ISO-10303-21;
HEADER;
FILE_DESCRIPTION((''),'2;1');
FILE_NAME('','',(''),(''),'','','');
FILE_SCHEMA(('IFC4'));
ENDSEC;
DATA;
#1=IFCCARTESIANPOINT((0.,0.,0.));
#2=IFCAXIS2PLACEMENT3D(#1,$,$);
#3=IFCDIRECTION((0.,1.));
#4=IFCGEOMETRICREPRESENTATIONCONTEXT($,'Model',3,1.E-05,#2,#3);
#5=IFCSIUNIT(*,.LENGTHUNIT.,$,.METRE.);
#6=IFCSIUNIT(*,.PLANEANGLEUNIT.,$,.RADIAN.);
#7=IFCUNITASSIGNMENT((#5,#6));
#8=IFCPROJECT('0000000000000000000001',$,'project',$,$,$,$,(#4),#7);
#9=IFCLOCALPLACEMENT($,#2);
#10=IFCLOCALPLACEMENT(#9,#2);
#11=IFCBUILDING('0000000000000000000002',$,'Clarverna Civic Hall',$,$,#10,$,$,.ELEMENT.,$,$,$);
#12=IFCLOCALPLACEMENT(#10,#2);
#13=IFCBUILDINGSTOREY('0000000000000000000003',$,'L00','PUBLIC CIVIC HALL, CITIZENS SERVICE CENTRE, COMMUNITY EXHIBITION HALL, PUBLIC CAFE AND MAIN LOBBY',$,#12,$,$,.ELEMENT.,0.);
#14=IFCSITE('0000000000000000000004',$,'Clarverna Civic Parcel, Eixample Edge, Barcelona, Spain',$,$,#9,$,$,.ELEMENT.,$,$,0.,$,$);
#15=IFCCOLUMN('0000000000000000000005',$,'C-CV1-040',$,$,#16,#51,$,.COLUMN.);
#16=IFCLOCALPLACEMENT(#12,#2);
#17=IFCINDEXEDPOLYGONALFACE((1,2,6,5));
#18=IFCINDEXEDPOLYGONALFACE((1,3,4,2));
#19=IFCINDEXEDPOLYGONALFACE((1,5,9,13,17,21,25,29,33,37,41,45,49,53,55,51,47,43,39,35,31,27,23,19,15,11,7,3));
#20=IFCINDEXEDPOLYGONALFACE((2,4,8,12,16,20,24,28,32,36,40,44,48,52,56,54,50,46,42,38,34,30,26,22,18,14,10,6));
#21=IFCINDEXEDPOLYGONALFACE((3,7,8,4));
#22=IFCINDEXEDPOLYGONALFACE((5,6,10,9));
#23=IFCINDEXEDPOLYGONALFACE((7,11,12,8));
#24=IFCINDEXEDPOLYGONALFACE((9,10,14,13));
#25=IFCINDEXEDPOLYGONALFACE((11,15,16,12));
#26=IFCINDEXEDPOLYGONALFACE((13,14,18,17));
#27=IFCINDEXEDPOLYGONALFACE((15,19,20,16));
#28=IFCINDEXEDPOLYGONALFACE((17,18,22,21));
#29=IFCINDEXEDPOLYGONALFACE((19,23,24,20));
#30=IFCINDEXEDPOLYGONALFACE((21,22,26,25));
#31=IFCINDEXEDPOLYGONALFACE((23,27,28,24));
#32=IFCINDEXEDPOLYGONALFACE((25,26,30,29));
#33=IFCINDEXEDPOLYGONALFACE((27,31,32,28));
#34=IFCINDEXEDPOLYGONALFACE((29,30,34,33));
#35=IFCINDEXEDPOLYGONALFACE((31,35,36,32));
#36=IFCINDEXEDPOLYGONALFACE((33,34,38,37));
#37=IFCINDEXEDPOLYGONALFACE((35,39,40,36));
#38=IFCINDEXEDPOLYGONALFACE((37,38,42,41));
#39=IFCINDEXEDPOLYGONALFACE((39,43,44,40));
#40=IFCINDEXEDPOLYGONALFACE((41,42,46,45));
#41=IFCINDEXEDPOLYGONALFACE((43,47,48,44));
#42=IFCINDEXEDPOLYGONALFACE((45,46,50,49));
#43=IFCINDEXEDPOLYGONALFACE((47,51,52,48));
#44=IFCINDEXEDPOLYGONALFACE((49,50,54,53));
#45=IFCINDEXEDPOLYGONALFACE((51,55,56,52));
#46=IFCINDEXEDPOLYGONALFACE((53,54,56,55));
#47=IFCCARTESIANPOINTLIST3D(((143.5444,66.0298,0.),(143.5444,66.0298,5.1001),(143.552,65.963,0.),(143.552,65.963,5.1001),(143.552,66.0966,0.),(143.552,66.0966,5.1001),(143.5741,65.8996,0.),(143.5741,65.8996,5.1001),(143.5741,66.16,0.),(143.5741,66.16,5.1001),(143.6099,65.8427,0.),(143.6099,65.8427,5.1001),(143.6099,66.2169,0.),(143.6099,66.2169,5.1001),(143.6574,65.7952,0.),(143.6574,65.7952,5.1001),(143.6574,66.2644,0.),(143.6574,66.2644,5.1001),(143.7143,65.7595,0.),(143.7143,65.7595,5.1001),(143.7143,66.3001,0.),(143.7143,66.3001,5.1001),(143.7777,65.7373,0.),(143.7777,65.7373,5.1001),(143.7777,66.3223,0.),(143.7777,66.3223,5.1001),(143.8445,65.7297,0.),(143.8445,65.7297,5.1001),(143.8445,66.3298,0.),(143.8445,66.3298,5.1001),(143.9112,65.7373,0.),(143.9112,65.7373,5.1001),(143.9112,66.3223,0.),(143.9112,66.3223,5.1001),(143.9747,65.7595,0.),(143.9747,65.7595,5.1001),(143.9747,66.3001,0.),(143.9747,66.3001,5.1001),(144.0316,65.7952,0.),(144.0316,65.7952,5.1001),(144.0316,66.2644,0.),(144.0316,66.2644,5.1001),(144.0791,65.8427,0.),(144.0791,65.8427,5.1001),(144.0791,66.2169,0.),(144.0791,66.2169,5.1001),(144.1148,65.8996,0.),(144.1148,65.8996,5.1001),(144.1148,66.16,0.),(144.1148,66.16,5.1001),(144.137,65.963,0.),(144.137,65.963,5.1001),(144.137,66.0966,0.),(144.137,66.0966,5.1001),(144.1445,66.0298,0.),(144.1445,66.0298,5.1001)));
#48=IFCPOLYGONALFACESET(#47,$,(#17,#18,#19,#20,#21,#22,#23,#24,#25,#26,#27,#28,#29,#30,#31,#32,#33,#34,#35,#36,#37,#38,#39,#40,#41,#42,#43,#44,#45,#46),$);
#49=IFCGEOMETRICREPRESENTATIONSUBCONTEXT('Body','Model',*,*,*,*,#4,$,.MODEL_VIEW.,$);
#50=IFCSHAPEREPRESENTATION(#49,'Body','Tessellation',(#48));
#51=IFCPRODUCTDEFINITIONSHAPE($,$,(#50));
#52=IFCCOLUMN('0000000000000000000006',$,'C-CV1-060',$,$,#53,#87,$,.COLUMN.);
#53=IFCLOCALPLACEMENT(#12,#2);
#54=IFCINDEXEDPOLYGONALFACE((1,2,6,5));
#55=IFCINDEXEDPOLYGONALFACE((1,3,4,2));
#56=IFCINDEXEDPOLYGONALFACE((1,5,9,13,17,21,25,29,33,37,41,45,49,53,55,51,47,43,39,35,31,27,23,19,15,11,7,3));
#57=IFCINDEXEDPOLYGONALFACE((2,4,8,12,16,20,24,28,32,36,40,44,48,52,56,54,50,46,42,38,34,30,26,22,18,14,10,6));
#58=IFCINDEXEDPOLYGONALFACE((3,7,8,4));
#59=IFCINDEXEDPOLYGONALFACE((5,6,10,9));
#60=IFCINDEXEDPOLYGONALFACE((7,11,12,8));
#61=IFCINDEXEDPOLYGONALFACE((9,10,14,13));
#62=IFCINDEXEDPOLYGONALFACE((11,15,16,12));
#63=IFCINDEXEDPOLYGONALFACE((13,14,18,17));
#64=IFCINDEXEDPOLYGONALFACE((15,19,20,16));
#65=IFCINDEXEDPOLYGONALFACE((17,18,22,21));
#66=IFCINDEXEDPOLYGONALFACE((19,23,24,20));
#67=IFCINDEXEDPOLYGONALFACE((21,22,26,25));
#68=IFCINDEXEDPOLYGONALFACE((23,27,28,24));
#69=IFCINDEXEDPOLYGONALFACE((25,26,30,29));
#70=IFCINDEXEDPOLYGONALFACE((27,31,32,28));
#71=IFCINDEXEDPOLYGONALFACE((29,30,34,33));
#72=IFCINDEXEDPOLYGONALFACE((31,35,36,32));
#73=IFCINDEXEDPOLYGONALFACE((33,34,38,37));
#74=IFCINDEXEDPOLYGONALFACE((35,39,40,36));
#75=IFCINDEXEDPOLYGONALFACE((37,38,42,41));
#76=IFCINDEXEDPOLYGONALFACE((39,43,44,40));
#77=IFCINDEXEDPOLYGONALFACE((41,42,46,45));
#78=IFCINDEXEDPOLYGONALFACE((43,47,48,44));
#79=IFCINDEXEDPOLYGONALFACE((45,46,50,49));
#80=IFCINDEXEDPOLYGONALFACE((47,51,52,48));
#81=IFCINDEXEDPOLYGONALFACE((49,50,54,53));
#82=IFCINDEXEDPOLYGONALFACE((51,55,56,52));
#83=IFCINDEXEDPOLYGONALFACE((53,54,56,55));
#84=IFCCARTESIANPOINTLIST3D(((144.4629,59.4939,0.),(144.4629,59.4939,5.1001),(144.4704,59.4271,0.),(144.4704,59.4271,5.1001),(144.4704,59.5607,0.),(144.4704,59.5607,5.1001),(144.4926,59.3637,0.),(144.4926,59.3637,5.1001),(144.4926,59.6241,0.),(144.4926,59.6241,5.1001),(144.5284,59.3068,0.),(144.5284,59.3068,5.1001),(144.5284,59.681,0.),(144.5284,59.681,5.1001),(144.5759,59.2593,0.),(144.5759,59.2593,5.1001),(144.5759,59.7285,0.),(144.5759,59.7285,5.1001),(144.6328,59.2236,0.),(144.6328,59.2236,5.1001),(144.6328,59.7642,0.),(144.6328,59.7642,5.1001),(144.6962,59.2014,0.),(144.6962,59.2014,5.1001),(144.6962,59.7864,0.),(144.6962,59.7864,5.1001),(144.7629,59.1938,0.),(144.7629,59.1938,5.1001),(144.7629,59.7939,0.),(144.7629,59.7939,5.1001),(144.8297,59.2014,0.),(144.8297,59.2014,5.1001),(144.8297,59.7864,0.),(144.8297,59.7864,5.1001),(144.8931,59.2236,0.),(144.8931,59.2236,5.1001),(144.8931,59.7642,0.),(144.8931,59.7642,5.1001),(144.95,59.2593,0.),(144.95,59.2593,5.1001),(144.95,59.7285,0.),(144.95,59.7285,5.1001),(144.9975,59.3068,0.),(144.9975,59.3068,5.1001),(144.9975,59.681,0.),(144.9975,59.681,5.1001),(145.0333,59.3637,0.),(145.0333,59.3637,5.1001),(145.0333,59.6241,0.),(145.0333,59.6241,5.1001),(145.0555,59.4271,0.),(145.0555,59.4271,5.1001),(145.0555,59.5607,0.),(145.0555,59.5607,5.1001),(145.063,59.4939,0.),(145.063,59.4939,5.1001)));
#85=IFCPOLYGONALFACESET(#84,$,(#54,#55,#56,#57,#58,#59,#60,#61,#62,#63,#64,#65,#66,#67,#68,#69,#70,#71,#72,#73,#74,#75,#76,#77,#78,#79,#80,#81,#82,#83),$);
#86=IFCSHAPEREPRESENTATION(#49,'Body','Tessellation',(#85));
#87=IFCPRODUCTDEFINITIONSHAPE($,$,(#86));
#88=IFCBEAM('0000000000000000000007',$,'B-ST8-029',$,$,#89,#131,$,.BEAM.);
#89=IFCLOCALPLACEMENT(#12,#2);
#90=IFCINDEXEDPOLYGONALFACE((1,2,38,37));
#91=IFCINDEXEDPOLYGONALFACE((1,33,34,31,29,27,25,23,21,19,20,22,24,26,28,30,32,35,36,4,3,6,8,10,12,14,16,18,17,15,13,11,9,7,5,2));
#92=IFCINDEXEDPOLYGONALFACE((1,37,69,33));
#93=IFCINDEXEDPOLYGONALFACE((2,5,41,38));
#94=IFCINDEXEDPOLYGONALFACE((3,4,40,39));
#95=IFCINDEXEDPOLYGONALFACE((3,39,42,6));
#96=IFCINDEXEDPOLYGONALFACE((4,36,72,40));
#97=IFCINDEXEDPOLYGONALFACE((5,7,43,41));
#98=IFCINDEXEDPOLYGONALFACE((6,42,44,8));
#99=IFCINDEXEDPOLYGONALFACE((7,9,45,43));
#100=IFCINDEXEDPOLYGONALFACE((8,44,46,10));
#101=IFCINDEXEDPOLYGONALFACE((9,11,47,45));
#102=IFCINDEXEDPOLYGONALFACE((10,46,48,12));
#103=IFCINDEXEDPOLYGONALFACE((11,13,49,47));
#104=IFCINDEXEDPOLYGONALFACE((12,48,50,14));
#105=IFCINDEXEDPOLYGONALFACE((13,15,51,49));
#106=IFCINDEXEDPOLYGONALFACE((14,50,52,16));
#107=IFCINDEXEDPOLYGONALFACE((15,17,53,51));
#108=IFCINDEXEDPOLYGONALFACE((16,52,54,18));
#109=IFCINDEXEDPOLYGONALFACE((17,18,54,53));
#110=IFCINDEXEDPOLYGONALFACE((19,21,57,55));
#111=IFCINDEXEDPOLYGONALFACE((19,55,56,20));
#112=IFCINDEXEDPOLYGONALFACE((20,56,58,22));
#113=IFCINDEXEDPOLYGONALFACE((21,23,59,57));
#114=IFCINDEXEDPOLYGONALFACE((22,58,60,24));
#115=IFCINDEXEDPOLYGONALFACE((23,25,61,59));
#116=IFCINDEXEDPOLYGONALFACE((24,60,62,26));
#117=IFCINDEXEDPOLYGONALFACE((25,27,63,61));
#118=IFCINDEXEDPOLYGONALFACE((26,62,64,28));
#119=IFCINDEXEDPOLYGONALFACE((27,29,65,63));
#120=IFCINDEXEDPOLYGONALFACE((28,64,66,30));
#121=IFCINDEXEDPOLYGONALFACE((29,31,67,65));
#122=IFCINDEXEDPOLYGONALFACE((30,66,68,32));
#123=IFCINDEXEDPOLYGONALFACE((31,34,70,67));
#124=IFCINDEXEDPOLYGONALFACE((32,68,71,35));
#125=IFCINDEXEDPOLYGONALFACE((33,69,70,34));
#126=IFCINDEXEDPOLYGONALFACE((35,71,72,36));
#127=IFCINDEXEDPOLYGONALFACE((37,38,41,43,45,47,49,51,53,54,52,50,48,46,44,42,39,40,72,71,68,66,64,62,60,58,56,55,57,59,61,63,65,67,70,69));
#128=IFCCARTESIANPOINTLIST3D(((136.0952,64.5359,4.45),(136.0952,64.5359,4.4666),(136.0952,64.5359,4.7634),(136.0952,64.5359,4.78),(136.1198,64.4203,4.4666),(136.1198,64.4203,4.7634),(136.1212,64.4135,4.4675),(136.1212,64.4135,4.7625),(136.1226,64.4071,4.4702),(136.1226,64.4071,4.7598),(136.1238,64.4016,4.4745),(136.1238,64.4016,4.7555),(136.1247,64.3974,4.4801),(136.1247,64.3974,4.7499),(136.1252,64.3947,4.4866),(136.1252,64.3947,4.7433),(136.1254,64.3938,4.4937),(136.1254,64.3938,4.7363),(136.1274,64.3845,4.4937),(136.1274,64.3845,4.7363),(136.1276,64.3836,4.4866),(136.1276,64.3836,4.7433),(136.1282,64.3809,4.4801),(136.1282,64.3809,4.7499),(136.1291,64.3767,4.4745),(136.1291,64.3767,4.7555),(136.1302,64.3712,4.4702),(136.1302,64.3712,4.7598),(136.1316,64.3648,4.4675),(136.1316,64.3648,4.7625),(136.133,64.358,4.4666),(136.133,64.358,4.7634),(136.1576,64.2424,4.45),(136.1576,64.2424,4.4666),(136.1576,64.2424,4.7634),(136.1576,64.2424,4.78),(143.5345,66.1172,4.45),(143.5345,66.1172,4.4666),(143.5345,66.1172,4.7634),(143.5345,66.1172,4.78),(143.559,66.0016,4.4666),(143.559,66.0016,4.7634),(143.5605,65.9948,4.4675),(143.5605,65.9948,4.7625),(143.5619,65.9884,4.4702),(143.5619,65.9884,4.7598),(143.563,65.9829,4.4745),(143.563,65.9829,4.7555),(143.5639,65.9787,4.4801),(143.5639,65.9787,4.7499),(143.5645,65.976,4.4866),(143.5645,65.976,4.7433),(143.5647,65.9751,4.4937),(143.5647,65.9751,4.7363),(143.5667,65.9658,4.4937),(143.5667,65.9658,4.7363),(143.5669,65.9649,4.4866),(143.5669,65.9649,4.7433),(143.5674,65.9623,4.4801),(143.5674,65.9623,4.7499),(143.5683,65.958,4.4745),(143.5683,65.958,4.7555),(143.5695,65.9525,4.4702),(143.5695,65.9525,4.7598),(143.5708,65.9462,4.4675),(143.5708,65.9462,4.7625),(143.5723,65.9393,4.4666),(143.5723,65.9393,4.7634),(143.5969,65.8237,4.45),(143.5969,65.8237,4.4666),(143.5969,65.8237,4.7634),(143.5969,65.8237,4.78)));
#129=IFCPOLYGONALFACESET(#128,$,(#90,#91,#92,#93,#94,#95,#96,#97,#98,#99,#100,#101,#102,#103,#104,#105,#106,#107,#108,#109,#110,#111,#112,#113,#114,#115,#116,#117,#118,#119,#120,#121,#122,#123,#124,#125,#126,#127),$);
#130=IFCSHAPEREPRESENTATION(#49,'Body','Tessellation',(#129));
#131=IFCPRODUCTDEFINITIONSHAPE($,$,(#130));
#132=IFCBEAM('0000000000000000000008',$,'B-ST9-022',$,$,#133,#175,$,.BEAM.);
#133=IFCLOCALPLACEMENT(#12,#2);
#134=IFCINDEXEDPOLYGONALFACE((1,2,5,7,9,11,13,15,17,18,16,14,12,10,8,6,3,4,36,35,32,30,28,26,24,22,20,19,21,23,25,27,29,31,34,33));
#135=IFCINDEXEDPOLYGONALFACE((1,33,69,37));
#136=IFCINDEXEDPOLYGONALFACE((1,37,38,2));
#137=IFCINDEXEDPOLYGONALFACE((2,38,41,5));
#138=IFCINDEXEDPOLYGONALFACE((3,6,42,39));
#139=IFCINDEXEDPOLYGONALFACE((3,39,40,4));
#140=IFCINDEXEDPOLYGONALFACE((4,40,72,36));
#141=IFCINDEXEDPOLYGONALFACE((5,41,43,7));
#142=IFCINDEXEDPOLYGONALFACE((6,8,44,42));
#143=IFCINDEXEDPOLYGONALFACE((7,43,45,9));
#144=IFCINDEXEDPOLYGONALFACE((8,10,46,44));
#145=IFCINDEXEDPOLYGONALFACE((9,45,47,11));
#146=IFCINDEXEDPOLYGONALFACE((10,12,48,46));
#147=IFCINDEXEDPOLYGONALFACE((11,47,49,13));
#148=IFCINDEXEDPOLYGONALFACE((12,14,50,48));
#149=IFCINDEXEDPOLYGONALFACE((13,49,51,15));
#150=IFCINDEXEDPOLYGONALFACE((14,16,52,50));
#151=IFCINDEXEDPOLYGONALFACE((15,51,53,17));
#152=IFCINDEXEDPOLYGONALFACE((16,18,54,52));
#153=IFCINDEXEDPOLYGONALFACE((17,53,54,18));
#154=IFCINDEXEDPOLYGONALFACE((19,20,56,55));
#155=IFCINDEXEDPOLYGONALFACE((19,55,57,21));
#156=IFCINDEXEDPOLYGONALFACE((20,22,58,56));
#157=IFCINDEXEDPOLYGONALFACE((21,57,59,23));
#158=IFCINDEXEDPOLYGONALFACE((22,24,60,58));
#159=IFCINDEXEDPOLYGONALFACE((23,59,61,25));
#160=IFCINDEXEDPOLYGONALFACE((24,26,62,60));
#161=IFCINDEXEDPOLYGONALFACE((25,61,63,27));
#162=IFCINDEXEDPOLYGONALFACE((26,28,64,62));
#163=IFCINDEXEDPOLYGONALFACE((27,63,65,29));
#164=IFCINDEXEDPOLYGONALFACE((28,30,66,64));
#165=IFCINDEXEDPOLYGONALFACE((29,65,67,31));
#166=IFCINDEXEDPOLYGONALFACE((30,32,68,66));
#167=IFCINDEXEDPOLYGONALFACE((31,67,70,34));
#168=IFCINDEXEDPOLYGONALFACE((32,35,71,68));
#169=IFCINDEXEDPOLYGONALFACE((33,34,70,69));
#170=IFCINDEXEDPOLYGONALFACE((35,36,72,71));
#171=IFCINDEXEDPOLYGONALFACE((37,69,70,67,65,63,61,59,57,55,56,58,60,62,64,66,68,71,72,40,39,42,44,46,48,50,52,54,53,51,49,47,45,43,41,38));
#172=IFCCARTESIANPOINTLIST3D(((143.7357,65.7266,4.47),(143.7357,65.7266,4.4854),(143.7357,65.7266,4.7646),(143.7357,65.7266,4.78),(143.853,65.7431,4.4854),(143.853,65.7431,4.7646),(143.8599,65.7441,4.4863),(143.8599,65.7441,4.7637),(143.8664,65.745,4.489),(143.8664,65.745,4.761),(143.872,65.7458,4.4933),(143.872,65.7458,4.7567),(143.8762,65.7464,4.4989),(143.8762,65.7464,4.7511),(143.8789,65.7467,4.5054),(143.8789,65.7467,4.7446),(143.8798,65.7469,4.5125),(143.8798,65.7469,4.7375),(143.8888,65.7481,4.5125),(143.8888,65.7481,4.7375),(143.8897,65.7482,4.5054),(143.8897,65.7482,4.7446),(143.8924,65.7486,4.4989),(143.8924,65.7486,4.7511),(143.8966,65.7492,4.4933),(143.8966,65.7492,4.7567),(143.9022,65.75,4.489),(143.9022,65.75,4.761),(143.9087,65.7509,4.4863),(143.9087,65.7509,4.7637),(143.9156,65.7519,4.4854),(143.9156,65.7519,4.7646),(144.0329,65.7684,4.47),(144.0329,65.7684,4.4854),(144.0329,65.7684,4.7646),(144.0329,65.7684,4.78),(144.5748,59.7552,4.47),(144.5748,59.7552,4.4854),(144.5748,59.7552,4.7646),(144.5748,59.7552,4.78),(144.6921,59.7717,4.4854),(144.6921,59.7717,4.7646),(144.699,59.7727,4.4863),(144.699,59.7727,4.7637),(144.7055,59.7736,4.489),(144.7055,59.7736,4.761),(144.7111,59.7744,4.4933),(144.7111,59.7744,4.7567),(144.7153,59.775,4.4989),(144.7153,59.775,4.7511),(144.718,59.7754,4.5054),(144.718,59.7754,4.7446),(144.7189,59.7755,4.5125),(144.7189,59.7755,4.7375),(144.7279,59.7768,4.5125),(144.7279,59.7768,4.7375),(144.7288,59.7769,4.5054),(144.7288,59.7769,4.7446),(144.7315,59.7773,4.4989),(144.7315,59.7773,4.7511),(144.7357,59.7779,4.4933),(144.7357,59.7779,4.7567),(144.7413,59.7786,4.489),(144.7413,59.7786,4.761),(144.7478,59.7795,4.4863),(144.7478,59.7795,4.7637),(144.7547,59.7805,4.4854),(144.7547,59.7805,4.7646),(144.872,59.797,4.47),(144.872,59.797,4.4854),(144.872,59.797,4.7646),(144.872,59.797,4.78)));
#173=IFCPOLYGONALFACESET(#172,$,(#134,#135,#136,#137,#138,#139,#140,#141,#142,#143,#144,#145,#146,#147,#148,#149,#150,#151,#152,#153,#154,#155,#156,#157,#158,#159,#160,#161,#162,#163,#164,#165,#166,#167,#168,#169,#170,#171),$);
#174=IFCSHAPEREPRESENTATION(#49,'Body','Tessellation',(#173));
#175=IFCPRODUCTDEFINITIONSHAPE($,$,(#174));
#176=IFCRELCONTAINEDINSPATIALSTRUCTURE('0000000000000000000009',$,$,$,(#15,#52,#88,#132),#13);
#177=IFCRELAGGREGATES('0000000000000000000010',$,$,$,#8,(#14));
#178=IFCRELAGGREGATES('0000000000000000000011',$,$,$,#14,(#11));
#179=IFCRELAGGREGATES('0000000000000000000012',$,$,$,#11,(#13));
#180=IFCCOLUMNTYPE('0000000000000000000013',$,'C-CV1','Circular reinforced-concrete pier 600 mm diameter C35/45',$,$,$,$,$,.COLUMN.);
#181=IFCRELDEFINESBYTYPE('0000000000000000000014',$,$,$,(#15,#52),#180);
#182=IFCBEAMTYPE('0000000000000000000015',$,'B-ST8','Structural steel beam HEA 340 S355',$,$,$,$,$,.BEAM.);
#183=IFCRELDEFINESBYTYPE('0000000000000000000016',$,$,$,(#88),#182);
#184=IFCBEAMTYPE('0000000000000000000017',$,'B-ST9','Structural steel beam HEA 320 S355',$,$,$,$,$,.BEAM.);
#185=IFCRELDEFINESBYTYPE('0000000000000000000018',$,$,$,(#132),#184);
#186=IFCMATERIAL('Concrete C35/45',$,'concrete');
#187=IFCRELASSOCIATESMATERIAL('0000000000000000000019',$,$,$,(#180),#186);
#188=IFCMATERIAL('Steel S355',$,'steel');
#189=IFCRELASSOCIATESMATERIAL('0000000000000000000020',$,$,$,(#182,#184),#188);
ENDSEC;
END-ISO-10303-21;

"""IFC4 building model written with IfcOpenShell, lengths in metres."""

from ifc_helpers import new_model, si_unit, direction, frame, origin, origin_2d, place, context, subcontext, project, spatial, circle, i_section, extrude, material, material_profile, profile_set, type_object, element, save


model = new_model("IFC4")

# Units and contexts
model_context = context("Model", 3, precision=1e-05, world=origin(), true_north=direction((0.0, 1.0)))
body_context = subcontext(model_context, "Body", "Model", "MODEL_VIEW")
ifc_project = project(units=[si_unit("LENGTHUNIT", "METRE"), si_unit("PLANEANGLEUNIT", "RADIAN")], contexts=[model_context])

# Site, building, storey
site_placement = place(None, origin())
site = spatial("IfcSite", under=ifc_project, at=site_placement, Name="Clarverna Civic Parcel, Eixample Edge, Barcelona, Spain", CompositionType="ELEMENT", RefElevation=0.0)
building_placement = place(site_placement, origin())
building = spatial("IfcBuilding", under=site, at=building_placement, Name="Clarverna Civic Hall", CompositionType="ELEMENT")
storey_placement = place(building_placement, origin())
storey = spatial("IfcBuildingStorey", under=building, at=storey_placement, Name="L00", Description="PUBLIC CIVIC HALL, CITIZENS SERVICE CENTRE, COMMUNITY EXHIBITION HALL, PUBLIC CAFE AND MAIN LOBBY", CompositionType="ELEMENT", Elevation=0.0)

# Columns
ifc_material_1 = material(Name="Concrete C35/45", Category="concrete")
ifc_material_profile_1 = material_profile(ifc_material_1, circle(Radius=0.3, at=origin_2d()), Name="RC D600")
ifc_profile_set_1 = profile_set([ifc_material_profile_1], Name="Concrete C35/45")
column_type = type_object("IfcColumnType", Name="C-CV1", Description="Circular reinforced-concrete pier 600 mm diameter C35/45", PredefinedType="COLUMN", material=ifc_profile_set_1)
for number, where, z_axis, x_axis, name in (
    (1, (143.8445, 66.0298, 0.0), (0.0, 0.0, 1.0), (1.0, 0.0, 0.0), "C-CV1-040"),
    (2, (144.7629, 59.4939, 0.0), (0.0, 0.0, 1.0), (1.0, 0.0, 0.0), "C-CV1-060"),
):
    element("IfcColumn", number, at=place(storey_placement, frame(where, z_axis=z_axis, x_axis=x_axis)), inside=storey, type_object=column_type, Name=name, PredefinedType="COLUMN", context=body_context, shape_type="SweptSolid", body=[
        extrude(circle(Radius=0.3, at=origin_2d()), origin(), (0.0, 0.0, 1.0), 5.1001),
    ])

# Beams
ifc_material_2 = material(Name="Steel S355", Category="steel")
ifc_material_profile_2 = material_profile(ifc_material_2, i_section(OverallWidth=0.3, OverallDepth=0.3301, WebThickness=0.0095, FlangeThickness=0.0166, FilletRadius=0.0271, at=origin_2d()), Name="HEA 340")
ifc_profile_set_2 = profile_set([ifc_material_profile_2], Name="Steel S355")
beam_type_1 = type_object("IfcBeamType", Name="B-ST8", Description="Structural steel beam HEA 340 S355", PredefinedType="BEAM", material=ifc_profile_set_2)
beam_1_placement = place(storey_placement, frame((143.5657, 65.9705, 4.615), z_axis=(-0.978146, -0.207917, 0.0), x_axis=(0.207917, -0.978146, 0.0)))
element("IfcBeam", 3, at=beam_1_placement, inside=storey, type_object=beam_type_1, Name="B-ST8-029", PredefinedType="BEAM", context=body_context, shape_type="SweptSolid", body=[
    extrude(i_section(OverallWidth=0.3, OverallDepth=0.3301, WebThickness=0.0095, FlangeThickness=0.0166, FilletRadius=0.0271, at=origin_2d()), origin(), (0.0, 0.0, 1.0), 7.6055),
])
ifc_material_profile_3 = material_profile(ifc_material_2, i_section(OverallWidth=0.3, OverallDepth=0.3101, WebThickness=0.009, FlangeThickness=0.0154, FilletRadius=0.0271, at=origin_2d()), Name="HEA 320")
ifc_profile_set_3 = profile_set([ifc_material_profile_3], Name="Steel S355")
beam_type_2 = type_object("IfcBeamType", Name="B-ST9", Description="Structural steel beam HEA 320 S355", PredefinedType="BEAM", material=ifc_profile_set_3)
beam_2_placement = place(storey_placement, frame((144.7234, 59.7761, 4.625), z_axis=(-0.139154, 0.990271, 0.0), x_axis=(-0.990271, -0.139154, 0.0)))
element("IfcBeam", 4, at=beam_2_placement, inside=storey, type_object=beam_type_2, Name="B-ST9-022", PredefinedType="BEAM", context=body_context, shape_type="SweptSolid", body=[
    extrude(i_section(OverallWidth=0.3, OverallDepth=0.3101, WebThickness=0.009, FlangeThickness=0.0154, FilletRadius=0.0271, at=origin_2d()), origin(), (0.0, 0.0, 1.0), 6.03),
])

save(model, "model.ifc")
